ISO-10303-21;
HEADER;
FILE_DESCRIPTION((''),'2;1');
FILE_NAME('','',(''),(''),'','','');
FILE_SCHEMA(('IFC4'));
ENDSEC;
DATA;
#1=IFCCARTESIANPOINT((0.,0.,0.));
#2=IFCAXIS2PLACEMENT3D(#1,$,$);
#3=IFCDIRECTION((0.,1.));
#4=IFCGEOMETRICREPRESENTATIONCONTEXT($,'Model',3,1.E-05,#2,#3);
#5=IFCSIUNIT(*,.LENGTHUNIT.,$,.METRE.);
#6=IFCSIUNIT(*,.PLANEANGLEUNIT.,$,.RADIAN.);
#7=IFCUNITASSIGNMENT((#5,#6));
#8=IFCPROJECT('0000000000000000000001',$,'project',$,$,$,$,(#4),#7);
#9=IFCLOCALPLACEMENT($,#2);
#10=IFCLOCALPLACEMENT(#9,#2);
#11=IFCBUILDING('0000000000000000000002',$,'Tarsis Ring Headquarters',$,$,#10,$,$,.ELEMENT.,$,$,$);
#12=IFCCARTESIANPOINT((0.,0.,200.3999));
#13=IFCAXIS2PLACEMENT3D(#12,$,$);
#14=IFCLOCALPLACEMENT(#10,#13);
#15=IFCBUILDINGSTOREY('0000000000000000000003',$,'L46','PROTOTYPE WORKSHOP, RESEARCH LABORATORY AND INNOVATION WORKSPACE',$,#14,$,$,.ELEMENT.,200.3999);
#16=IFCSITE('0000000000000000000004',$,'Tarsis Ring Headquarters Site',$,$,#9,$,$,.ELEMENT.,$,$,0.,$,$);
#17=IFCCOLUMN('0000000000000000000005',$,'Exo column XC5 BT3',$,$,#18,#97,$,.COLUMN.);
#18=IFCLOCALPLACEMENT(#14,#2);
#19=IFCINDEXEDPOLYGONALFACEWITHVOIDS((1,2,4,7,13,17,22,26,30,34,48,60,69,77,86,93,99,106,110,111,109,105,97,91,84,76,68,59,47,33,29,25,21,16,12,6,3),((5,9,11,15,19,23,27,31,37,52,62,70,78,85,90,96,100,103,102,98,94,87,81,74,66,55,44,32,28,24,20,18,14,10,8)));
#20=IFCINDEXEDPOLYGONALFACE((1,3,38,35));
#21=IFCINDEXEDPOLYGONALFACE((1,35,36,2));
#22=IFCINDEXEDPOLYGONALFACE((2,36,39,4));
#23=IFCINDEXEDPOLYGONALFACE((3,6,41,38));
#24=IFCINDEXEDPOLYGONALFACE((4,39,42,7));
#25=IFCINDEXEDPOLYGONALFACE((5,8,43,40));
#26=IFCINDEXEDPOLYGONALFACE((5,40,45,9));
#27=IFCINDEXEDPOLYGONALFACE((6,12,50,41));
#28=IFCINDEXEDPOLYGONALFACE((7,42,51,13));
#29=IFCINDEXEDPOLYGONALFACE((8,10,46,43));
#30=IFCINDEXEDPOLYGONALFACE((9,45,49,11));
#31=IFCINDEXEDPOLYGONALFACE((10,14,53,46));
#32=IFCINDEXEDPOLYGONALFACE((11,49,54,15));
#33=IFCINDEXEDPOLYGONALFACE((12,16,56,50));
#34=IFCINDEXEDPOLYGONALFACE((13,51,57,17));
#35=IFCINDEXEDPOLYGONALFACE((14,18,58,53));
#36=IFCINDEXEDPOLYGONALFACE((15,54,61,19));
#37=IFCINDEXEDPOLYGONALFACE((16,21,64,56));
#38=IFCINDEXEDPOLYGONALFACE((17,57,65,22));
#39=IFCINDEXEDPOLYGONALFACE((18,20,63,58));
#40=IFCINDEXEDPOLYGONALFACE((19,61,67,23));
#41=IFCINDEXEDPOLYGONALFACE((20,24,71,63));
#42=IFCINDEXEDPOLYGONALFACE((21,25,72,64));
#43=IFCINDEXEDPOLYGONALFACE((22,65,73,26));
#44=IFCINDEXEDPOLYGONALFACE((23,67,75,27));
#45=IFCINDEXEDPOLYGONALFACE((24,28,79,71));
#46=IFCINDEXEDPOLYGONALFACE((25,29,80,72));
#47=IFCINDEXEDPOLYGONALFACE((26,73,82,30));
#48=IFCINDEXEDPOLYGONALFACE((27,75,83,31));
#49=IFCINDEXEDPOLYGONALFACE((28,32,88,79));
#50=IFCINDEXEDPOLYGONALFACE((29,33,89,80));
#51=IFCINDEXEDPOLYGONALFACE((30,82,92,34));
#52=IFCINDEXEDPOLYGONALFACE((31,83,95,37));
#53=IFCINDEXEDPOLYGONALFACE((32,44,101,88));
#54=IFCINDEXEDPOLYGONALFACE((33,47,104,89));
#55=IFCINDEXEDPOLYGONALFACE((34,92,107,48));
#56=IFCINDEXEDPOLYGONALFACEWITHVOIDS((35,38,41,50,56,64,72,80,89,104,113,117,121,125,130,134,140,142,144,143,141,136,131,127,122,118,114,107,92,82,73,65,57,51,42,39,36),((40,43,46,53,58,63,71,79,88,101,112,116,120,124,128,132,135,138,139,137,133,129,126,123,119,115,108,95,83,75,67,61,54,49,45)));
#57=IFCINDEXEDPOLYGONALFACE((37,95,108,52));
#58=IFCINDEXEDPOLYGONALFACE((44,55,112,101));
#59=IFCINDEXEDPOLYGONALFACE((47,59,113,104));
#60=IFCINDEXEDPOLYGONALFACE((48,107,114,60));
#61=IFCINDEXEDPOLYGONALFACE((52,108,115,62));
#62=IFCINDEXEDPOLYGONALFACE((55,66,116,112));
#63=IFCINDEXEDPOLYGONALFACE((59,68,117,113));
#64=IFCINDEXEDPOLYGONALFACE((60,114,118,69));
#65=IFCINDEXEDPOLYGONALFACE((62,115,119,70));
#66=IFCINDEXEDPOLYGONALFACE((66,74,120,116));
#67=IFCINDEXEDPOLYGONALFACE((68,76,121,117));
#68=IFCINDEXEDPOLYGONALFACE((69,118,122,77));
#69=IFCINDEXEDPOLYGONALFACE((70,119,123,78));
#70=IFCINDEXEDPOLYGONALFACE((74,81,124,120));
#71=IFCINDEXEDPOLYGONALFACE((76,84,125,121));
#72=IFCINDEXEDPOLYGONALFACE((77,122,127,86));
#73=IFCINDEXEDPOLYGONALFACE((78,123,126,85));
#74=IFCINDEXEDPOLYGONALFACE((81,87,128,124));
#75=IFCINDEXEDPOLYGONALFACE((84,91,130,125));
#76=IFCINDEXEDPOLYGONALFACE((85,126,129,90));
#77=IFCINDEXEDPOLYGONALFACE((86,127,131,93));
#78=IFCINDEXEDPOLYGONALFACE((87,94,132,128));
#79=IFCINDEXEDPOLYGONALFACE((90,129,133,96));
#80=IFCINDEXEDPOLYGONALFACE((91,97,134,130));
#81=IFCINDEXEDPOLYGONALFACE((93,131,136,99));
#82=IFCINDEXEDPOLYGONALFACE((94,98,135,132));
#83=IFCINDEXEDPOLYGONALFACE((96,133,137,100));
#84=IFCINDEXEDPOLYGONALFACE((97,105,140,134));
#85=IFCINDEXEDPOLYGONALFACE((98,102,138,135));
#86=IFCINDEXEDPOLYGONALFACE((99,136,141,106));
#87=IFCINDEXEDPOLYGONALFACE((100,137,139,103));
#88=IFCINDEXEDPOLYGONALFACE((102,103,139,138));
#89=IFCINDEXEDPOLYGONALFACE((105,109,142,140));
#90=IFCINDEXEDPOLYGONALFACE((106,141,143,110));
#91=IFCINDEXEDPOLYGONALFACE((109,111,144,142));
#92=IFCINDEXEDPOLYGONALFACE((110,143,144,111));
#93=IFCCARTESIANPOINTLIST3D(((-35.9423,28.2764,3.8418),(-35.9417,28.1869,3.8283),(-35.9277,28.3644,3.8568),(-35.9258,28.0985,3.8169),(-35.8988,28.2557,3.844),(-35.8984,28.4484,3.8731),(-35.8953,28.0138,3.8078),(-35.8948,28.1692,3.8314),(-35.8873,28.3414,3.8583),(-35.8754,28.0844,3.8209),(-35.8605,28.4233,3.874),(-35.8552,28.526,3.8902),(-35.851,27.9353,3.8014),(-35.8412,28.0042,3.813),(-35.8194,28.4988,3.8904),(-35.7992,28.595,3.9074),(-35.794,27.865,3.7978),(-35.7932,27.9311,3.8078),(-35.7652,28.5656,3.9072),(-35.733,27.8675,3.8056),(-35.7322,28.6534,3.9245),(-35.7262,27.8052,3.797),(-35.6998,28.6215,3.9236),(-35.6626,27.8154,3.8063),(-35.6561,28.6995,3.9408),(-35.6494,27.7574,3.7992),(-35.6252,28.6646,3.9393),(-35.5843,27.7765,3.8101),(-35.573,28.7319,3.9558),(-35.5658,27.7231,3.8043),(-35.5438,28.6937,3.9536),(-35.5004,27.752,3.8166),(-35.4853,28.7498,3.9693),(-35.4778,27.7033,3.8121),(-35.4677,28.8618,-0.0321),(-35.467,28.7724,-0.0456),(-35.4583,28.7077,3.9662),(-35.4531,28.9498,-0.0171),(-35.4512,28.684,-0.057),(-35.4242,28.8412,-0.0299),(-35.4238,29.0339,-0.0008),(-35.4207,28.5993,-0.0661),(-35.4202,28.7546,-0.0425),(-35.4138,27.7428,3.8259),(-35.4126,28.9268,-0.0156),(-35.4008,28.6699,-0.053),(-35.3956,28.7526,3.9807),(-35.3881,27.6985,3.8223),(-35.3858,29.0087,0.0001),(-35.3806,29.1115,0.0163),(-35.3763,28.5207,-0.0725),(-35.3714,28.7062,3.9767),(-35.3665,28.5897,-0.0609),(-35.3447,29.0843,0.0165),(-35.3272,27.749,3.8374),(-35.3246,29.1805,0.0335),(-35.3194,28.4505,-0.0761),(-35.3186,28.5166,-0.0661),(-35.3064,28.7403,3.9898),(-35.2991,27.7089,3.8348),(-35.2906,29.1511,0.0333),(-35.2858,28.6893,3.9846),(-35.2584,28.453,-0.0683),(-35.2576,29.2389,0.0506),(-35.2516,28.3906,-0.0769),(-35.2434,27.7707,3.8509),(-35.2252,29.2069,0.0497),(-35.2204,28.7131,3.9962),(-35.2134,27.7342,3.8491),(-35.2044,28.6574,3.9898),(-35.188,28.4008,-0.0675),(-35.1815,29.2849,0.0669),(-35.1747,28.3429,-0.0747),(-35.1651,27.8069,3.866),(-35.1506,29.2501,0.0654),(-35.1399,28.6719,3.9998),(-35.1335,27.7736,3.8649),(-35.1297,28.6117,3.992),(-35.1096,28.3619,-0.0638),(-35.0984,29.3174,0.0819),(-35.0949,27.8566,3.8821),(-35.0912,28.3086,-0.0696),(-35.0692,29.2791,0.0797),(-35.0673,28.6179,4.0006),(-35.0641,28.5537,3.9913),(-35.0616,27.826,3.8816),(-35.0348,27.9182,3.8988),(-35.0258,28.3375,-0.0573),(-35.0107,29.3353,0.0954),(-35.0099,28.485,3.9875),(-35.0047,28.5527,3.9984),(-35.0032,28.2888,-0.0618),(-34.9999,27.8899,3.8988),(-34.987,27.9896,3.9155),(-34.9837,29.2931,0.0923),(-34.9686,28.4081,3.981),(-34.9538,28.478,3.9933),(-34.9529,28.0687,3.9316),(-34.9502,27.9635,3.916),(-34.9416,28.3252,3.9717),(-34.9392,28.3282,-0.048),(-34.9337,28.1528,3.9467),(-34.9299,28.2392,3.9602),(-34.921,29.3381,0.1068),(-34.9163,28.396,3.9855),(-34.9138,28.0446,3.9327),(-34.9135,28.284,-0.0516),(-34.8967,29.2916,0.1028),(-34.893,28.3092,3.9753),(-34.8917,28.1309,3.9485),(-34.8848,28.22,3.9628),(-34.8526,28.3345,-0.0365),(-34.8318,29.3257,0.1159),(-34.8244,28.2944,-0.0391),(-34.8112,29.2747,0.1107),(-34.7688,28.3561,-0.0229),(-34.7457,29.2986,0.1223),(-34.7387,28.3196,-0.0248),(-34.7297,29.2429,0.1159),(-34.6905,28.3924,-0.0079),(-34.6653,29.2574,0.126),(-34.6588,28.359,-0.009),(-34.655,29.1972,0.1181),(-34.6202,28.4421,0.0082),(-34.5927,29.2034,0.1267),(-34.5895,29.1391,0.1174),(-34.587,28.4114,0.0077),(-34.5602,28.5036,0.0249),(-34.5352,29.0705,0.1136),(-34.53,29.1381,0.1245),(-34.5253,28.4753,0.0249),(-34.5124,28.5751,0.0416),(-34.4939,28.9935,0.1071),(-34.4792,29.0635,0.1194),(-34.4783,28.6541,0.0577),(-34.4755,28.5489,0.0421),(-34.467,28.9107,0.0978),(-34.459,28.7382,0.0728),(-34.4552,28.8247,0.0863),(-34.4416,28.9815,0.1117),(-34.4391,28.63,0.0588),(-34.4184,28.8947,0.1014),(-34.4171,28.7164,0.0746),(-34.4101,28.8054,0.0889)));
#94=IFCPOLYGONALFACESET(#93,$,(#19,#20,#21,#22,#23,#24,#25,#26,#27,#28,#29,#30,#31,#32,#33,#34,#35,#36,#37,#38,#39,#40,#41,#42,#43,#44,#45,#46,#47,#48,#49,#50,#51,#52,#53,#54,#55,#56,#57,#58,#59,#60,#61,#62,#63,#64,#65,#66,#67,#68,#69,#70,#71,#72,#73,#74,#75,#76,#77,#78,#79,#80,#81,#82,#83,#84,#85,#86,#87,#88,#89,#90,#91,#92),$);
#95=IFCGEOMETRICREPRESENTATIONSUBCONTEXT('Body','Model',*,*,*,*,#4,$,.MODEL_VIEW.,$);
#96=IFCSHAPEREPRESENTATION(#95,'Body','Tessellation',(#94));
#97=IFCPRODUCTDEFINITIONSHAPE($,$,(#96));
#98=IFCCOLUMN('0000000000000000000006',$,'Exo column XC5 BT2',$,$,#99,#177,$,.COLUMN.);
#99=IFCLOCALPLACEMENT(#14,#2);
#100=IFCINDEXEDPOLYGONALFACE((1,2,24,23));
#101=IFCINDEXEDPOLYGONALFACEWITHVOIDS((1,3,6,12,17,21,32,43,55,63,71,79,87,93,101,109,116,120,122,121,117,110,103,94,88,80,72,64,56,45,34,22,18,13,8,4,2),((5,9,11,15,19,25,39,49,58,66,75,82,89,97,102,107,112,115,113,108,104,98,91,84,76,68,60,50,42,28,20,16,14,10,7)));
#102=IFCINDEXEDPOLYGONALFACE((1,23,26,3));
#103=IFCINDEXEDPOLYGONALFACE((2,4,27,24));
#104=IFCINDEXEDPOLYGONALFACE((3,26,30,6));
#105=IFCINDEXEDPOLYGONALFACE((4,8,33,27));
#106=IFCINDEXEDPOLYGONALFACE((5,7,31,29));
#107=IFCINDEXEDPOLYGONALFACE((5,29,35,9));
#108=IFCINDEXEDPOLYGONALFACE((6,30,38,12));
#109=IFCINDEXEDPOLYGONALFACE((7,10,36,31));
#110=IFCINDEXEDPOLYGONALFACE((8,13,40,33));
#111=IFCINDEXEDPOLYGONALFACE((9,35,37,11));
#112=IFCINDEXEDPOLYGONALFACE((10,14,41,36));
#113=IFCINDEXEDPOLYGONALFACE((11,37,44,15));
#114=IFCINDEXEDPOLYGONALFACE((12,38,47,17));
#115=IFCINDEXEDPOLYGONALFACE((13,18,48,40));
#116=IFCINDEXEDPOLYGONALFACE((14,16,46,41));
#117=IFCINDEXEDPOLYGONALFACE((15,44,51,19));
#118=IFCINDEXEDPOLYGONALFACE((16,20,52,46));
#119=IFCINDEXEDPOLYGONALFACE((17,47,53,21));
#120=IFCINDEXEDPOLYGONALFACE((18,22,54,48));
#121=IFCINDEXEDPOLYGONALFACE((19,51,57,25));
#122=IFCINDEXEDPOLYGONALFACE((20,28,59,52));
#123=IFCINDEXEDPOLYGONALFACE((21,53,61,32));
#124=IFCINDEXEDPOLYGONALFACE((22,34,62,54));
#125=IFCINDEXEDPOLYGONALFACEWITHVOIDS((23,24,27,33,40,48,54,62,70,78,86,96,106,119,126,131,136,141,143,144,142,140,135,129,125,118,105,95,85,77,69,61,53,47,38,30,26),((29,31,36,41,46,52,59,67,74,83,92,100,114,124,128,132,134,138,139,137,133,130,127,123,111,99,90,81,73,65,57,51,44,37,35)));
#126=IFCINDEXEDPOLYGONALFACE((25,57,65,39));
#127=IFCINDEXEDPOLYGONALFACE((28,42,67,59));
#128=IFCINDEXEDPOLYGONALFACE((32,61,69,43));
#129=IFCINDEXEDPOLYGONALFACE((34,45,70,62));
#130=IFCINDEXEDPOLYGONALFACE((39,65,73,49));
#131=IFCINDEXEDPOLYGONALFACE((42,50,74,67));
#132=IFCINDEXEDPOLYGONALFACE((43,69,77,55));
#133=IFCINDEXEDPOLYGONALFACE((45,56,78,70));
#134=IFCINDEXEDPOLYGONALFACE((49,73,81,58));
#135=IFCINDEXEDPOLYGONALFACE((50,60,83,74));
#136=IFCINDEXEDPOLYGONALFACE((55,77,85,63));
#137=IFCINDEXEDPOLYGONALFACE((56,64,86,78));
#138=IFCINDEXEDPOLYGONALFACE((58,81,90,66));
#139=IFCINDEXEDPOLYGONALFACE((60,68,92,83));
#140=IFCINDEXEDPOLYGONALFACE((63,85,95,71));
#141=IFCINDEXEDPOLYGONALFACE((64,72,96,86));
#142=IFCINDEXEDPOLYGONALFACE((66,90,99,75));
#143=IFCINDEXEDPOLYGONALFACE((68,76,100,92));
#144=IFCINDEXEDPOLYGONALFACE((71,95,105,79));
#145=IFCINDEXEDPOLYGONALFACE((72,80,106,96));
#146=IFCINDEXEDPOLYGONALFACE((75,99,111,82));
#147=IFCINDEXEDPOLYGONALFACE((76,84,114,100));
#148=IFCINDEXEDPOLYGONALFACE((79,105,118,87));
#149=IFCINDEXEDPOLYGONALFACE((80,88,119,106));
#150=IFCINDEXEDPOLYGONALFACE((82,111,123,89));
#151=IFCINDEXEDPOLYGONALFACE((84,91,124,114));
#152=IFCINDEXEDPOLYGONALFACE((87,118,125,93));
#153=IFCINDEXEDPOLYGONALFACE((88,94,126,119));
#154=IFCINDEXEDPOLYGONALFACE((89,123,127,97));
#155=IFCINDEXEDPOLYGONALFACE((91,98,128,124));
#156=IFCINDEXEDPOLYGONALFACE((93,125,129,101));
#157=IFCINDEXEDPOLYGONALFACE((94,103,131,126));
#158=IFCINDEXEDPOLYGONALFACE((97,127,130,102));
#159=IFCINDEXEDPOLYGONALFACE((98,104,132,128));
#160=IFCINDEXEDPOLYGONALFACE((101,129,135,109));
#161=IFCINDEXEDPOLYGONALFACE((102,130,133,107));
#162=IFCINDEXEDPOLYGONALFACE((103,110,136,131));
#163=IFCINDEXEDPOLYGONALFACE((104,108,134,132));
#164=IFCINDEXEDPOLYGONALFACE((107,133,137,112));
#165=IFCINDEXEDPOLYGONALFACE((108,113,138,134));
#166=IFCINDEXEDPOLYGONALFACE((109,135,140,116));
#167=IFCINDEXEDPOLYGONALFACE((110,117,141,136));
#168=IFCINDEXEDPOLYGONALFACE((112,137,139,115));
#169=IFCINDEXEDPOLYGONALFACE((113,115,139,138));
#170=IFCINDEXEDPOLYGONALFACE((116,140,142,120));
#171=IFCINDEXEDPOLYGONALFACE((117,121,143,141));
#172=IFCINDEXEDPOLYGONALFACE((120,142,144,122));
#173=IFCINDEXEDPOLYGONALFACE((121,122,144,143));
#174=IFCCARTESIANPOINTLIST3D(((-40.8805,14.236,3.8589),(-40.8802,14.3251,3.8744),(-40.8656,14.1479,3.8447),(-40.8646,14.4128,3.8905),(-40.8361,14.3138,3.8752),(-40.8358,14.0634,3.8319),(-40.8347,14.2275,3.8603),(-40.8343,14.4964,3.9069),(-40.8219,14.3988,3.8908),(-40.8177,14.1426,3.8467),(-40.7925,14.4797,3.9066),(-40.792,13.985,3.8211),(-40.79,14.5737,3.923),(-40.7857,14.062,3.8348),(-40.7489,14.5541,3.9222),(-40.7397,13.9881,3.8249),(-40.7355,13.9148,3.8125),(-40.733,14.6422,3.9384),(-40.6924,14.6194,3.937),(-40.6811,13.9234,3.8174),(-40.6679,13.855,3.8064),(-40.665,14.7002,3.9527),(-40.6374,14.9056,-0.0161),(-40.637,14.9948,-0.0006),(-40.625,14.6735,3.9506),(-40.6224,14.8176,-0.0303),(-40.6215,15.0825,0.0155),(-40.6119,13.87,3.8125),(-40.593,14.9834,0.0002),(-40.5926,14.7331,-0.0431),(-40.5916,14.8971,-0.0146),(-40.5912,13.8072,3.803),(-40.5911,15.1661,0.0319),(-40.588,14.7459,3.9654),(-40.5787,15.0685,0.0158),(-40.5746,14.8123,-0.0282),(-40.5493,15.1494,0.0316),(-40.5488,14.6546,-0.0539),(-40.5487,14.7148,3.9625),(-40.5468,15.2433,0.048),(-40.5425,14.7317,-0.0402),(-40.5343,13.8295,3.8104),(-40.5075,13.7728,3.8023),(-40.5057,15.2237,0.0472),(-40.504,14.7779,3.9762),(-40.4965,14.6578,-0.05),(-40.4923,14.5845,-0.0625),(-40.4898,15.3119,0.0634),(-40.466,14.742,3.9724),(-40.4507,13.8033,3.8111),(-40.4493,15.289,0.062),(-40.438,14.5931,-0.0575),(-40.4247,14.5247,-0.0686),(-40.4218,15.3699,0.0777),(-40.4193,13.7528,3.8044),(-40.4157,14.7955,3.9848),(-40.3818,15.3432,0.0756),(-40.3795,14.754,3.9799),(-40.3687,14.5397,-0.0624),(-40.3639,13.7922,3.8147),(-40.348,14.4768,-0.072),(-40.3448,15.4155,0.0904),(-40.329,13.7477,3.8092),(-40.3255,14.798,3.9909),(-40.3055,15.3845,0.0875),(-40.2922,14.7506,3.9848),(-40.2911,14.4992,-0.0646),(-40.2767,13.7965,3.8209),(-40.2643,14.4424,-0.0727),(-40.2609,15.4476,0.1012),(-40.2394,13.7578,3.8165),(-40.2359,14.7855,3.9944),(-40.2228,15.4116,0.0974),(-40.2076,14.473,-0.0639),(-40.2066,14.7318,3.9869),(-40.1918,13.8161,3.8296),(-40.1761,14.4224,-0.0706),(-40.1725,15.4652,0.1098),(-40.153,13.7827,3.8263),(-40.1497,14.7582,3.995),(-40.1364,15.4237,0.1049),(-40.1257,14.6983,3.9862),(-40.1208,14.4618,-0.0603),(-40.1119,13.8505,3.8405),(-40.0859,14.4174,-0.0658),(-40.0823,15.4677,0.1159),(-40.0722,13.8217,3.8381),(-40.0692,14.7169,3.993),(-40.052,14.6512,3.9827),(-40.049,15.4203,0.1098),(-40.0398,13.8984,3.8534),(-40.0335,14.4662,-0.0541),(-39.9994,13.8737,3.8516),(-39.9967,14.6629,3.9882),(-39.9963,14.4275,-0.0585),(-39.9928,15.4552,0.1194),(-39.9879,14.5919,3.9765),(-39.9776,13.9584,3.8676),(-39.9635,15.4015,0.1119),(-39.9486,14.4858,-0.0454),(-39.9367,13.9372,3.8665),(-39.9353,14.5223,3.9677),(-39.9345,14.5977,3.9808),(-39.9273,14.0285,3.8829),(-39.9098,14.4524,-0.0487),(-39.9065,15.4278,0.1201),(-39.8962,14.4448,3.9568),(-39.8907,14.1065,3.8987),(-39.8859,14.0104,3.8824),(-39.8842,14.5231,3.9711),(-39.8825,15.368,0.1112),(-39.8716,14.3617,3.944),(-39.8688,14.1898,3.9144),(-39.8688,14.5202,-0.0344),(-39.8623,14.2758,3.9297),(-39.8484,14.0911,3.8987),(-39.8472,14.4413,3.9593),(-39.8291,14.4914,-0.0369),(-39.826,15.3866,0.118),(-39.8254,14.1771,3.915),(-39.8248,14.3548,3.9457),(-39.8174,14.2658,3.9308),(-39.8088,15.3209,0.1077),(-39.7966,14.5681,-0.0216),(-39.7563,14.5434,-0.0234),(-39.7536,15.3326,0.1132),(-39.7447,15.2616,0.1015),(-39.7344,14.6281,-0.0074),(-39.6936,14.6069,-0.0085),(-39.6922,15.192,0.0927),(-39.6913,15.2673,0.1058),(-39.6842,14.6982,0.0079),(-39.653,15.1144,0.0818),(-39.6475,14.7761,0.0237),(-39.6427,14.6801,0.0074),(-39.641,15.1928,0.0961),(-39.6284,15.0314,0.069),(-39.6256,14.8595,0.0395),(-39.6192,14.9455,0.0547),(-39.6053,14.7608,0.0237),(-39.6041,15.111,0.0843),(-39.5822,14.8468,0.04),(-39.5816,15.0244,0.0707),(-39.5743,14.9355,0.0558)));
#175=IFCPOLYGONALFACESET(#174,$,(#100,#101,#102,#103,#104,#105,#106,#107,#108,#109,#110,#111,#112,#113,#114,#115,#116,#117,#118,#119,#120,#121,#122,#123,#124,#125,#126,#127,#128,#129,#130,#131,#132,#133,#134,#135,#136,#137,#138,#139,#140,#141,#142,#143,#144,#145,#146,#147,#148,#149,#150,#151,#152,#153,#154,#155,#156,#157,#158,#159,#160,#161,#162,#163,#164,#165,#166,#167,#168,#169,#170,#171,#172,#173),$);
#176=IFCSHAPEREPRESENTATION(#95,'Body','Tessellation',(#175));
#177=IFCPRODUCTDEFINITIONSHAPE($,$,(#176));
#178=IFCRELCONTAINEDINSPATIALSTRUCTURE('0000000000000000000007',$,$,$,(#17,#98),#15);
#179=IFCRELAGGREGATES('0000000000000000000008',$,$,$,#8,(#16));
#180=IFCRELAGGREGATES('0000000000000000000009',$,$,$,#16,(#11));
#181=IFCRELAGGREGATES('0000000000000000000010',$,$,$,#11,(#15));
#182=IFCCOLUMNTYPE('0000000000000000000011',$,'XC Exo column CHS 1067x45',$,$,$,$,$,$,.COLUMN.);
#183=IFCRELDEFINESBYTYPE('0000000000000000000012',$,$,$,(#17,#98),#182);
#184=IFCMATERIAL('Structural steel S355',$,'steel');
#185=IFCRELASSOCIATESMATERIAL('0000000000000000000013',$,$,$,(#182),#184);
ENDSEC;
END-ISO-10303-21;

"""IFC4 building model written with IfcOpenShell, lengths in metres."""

from ifc_helpers import new_model, si_unit, direction, frame, origin, origin_2d, place, context, subcontext, project, spatial, hollow_circle, extrude, material, material_profile, profile_set, type_object, element, save


model = new_model("IFC4")

# Units and contexts
model_context = context("Model", 3, precision=1e-05, world=origin(), true_north=direction((0.0, 1.0)))
body_context = subcontext(model_context, "Body", "Model", "MODEL_VIEW")
ifc_project = project(units=[si_unit("LENGTHUNIT", "METRE"), si_unit("PLANEANGLEUNIT", "RADIAN")], contexts=[model_context])

# Site, building, storey
site_placement = place(None, origin())
site = spatial("IfcSite", under=ifc_project, at=site_placement, Name="Tarsis Ring Headquarters Site", CompositionType="ELEMENT", RefElevation=0.0)
building_placement = place(site_placement, origin())
building = spatial("IfcBuilding", under=site, at=building_placement, Name="Tarsis Ring Headquarters", CompositionType="ELEMENT")
storey_placement = place(building_placement, frame((0.0, 0.0, 200.3999)))
storey = spatial("IfcBuildingStorey", under=building, at=storey_placement, Name="L46", Description="PROTOTYPE WORKSHOP, RESEARCH LABORATORY AND INNOVATION WORKSPACE", CompositionType="ELEMENT", Elevation=200.3999)

# Columns
ifc_material_1 = material(Name="Structural steel S355", Category="steel")
ifc_material_profile_1 = material_profile(ifc_material_1, hollow_circle(Radius=0.5334, WallThickness=0.0449, at=origin_2d()), Name="CHS 1067x45")
ifc_profile_set_1 = profile_set([ifc_material_profile_1], Name="Structural steel S355")
column_type = type_object("IfcColumnType", Name="XC Exo column CHS 1067x45", PredefinedType="COLUMN", material=ifc_profile_set_1)
column_1_placement = place(storey_placement, frame((-34.9397, 28.8113, 0.0249), z_axis=(-0.120264, -0.14835, 0.981595), x_axis=(0.776807, -0.629739, 0.0)))
element("IfcColumn", 1, at=column_1_placement, inside=storey, type_object=column_type, Name="Exo column XC5 BT3", PredefinedType="COLUMN", context=body_context, shape_type="SweptSolid", body=[
    extrude(hollow_circle(Radius=0.5334, WallThickness=0.0449, at=origin_2d()), origin(), (0.0, 0.0, 1.0), 3.9465),
])
column_2_placement = place(storey_placement, frame((-40.1067, 14.9429, 0.0237), z_axis=(-0.061718, -0.169971, 0.983515), x_axis=(0.939953, -0.341303, 0.0)))
element("IfcColumn", 2, at=column_2_placement, inside=storey, type_object=column_type, Name="Exo column XC5 BT2", PredefinedType="COLUMN", context=body_context, shape_type="SweptSolid", body=[
    extrude(hollow_circle(Radius=0.5334, WallThickness=0.0449, at=origin_2d()), origin(), (0.0, 0.0, 1.0), 3.9399),
])

save(model, "model.ifc")
